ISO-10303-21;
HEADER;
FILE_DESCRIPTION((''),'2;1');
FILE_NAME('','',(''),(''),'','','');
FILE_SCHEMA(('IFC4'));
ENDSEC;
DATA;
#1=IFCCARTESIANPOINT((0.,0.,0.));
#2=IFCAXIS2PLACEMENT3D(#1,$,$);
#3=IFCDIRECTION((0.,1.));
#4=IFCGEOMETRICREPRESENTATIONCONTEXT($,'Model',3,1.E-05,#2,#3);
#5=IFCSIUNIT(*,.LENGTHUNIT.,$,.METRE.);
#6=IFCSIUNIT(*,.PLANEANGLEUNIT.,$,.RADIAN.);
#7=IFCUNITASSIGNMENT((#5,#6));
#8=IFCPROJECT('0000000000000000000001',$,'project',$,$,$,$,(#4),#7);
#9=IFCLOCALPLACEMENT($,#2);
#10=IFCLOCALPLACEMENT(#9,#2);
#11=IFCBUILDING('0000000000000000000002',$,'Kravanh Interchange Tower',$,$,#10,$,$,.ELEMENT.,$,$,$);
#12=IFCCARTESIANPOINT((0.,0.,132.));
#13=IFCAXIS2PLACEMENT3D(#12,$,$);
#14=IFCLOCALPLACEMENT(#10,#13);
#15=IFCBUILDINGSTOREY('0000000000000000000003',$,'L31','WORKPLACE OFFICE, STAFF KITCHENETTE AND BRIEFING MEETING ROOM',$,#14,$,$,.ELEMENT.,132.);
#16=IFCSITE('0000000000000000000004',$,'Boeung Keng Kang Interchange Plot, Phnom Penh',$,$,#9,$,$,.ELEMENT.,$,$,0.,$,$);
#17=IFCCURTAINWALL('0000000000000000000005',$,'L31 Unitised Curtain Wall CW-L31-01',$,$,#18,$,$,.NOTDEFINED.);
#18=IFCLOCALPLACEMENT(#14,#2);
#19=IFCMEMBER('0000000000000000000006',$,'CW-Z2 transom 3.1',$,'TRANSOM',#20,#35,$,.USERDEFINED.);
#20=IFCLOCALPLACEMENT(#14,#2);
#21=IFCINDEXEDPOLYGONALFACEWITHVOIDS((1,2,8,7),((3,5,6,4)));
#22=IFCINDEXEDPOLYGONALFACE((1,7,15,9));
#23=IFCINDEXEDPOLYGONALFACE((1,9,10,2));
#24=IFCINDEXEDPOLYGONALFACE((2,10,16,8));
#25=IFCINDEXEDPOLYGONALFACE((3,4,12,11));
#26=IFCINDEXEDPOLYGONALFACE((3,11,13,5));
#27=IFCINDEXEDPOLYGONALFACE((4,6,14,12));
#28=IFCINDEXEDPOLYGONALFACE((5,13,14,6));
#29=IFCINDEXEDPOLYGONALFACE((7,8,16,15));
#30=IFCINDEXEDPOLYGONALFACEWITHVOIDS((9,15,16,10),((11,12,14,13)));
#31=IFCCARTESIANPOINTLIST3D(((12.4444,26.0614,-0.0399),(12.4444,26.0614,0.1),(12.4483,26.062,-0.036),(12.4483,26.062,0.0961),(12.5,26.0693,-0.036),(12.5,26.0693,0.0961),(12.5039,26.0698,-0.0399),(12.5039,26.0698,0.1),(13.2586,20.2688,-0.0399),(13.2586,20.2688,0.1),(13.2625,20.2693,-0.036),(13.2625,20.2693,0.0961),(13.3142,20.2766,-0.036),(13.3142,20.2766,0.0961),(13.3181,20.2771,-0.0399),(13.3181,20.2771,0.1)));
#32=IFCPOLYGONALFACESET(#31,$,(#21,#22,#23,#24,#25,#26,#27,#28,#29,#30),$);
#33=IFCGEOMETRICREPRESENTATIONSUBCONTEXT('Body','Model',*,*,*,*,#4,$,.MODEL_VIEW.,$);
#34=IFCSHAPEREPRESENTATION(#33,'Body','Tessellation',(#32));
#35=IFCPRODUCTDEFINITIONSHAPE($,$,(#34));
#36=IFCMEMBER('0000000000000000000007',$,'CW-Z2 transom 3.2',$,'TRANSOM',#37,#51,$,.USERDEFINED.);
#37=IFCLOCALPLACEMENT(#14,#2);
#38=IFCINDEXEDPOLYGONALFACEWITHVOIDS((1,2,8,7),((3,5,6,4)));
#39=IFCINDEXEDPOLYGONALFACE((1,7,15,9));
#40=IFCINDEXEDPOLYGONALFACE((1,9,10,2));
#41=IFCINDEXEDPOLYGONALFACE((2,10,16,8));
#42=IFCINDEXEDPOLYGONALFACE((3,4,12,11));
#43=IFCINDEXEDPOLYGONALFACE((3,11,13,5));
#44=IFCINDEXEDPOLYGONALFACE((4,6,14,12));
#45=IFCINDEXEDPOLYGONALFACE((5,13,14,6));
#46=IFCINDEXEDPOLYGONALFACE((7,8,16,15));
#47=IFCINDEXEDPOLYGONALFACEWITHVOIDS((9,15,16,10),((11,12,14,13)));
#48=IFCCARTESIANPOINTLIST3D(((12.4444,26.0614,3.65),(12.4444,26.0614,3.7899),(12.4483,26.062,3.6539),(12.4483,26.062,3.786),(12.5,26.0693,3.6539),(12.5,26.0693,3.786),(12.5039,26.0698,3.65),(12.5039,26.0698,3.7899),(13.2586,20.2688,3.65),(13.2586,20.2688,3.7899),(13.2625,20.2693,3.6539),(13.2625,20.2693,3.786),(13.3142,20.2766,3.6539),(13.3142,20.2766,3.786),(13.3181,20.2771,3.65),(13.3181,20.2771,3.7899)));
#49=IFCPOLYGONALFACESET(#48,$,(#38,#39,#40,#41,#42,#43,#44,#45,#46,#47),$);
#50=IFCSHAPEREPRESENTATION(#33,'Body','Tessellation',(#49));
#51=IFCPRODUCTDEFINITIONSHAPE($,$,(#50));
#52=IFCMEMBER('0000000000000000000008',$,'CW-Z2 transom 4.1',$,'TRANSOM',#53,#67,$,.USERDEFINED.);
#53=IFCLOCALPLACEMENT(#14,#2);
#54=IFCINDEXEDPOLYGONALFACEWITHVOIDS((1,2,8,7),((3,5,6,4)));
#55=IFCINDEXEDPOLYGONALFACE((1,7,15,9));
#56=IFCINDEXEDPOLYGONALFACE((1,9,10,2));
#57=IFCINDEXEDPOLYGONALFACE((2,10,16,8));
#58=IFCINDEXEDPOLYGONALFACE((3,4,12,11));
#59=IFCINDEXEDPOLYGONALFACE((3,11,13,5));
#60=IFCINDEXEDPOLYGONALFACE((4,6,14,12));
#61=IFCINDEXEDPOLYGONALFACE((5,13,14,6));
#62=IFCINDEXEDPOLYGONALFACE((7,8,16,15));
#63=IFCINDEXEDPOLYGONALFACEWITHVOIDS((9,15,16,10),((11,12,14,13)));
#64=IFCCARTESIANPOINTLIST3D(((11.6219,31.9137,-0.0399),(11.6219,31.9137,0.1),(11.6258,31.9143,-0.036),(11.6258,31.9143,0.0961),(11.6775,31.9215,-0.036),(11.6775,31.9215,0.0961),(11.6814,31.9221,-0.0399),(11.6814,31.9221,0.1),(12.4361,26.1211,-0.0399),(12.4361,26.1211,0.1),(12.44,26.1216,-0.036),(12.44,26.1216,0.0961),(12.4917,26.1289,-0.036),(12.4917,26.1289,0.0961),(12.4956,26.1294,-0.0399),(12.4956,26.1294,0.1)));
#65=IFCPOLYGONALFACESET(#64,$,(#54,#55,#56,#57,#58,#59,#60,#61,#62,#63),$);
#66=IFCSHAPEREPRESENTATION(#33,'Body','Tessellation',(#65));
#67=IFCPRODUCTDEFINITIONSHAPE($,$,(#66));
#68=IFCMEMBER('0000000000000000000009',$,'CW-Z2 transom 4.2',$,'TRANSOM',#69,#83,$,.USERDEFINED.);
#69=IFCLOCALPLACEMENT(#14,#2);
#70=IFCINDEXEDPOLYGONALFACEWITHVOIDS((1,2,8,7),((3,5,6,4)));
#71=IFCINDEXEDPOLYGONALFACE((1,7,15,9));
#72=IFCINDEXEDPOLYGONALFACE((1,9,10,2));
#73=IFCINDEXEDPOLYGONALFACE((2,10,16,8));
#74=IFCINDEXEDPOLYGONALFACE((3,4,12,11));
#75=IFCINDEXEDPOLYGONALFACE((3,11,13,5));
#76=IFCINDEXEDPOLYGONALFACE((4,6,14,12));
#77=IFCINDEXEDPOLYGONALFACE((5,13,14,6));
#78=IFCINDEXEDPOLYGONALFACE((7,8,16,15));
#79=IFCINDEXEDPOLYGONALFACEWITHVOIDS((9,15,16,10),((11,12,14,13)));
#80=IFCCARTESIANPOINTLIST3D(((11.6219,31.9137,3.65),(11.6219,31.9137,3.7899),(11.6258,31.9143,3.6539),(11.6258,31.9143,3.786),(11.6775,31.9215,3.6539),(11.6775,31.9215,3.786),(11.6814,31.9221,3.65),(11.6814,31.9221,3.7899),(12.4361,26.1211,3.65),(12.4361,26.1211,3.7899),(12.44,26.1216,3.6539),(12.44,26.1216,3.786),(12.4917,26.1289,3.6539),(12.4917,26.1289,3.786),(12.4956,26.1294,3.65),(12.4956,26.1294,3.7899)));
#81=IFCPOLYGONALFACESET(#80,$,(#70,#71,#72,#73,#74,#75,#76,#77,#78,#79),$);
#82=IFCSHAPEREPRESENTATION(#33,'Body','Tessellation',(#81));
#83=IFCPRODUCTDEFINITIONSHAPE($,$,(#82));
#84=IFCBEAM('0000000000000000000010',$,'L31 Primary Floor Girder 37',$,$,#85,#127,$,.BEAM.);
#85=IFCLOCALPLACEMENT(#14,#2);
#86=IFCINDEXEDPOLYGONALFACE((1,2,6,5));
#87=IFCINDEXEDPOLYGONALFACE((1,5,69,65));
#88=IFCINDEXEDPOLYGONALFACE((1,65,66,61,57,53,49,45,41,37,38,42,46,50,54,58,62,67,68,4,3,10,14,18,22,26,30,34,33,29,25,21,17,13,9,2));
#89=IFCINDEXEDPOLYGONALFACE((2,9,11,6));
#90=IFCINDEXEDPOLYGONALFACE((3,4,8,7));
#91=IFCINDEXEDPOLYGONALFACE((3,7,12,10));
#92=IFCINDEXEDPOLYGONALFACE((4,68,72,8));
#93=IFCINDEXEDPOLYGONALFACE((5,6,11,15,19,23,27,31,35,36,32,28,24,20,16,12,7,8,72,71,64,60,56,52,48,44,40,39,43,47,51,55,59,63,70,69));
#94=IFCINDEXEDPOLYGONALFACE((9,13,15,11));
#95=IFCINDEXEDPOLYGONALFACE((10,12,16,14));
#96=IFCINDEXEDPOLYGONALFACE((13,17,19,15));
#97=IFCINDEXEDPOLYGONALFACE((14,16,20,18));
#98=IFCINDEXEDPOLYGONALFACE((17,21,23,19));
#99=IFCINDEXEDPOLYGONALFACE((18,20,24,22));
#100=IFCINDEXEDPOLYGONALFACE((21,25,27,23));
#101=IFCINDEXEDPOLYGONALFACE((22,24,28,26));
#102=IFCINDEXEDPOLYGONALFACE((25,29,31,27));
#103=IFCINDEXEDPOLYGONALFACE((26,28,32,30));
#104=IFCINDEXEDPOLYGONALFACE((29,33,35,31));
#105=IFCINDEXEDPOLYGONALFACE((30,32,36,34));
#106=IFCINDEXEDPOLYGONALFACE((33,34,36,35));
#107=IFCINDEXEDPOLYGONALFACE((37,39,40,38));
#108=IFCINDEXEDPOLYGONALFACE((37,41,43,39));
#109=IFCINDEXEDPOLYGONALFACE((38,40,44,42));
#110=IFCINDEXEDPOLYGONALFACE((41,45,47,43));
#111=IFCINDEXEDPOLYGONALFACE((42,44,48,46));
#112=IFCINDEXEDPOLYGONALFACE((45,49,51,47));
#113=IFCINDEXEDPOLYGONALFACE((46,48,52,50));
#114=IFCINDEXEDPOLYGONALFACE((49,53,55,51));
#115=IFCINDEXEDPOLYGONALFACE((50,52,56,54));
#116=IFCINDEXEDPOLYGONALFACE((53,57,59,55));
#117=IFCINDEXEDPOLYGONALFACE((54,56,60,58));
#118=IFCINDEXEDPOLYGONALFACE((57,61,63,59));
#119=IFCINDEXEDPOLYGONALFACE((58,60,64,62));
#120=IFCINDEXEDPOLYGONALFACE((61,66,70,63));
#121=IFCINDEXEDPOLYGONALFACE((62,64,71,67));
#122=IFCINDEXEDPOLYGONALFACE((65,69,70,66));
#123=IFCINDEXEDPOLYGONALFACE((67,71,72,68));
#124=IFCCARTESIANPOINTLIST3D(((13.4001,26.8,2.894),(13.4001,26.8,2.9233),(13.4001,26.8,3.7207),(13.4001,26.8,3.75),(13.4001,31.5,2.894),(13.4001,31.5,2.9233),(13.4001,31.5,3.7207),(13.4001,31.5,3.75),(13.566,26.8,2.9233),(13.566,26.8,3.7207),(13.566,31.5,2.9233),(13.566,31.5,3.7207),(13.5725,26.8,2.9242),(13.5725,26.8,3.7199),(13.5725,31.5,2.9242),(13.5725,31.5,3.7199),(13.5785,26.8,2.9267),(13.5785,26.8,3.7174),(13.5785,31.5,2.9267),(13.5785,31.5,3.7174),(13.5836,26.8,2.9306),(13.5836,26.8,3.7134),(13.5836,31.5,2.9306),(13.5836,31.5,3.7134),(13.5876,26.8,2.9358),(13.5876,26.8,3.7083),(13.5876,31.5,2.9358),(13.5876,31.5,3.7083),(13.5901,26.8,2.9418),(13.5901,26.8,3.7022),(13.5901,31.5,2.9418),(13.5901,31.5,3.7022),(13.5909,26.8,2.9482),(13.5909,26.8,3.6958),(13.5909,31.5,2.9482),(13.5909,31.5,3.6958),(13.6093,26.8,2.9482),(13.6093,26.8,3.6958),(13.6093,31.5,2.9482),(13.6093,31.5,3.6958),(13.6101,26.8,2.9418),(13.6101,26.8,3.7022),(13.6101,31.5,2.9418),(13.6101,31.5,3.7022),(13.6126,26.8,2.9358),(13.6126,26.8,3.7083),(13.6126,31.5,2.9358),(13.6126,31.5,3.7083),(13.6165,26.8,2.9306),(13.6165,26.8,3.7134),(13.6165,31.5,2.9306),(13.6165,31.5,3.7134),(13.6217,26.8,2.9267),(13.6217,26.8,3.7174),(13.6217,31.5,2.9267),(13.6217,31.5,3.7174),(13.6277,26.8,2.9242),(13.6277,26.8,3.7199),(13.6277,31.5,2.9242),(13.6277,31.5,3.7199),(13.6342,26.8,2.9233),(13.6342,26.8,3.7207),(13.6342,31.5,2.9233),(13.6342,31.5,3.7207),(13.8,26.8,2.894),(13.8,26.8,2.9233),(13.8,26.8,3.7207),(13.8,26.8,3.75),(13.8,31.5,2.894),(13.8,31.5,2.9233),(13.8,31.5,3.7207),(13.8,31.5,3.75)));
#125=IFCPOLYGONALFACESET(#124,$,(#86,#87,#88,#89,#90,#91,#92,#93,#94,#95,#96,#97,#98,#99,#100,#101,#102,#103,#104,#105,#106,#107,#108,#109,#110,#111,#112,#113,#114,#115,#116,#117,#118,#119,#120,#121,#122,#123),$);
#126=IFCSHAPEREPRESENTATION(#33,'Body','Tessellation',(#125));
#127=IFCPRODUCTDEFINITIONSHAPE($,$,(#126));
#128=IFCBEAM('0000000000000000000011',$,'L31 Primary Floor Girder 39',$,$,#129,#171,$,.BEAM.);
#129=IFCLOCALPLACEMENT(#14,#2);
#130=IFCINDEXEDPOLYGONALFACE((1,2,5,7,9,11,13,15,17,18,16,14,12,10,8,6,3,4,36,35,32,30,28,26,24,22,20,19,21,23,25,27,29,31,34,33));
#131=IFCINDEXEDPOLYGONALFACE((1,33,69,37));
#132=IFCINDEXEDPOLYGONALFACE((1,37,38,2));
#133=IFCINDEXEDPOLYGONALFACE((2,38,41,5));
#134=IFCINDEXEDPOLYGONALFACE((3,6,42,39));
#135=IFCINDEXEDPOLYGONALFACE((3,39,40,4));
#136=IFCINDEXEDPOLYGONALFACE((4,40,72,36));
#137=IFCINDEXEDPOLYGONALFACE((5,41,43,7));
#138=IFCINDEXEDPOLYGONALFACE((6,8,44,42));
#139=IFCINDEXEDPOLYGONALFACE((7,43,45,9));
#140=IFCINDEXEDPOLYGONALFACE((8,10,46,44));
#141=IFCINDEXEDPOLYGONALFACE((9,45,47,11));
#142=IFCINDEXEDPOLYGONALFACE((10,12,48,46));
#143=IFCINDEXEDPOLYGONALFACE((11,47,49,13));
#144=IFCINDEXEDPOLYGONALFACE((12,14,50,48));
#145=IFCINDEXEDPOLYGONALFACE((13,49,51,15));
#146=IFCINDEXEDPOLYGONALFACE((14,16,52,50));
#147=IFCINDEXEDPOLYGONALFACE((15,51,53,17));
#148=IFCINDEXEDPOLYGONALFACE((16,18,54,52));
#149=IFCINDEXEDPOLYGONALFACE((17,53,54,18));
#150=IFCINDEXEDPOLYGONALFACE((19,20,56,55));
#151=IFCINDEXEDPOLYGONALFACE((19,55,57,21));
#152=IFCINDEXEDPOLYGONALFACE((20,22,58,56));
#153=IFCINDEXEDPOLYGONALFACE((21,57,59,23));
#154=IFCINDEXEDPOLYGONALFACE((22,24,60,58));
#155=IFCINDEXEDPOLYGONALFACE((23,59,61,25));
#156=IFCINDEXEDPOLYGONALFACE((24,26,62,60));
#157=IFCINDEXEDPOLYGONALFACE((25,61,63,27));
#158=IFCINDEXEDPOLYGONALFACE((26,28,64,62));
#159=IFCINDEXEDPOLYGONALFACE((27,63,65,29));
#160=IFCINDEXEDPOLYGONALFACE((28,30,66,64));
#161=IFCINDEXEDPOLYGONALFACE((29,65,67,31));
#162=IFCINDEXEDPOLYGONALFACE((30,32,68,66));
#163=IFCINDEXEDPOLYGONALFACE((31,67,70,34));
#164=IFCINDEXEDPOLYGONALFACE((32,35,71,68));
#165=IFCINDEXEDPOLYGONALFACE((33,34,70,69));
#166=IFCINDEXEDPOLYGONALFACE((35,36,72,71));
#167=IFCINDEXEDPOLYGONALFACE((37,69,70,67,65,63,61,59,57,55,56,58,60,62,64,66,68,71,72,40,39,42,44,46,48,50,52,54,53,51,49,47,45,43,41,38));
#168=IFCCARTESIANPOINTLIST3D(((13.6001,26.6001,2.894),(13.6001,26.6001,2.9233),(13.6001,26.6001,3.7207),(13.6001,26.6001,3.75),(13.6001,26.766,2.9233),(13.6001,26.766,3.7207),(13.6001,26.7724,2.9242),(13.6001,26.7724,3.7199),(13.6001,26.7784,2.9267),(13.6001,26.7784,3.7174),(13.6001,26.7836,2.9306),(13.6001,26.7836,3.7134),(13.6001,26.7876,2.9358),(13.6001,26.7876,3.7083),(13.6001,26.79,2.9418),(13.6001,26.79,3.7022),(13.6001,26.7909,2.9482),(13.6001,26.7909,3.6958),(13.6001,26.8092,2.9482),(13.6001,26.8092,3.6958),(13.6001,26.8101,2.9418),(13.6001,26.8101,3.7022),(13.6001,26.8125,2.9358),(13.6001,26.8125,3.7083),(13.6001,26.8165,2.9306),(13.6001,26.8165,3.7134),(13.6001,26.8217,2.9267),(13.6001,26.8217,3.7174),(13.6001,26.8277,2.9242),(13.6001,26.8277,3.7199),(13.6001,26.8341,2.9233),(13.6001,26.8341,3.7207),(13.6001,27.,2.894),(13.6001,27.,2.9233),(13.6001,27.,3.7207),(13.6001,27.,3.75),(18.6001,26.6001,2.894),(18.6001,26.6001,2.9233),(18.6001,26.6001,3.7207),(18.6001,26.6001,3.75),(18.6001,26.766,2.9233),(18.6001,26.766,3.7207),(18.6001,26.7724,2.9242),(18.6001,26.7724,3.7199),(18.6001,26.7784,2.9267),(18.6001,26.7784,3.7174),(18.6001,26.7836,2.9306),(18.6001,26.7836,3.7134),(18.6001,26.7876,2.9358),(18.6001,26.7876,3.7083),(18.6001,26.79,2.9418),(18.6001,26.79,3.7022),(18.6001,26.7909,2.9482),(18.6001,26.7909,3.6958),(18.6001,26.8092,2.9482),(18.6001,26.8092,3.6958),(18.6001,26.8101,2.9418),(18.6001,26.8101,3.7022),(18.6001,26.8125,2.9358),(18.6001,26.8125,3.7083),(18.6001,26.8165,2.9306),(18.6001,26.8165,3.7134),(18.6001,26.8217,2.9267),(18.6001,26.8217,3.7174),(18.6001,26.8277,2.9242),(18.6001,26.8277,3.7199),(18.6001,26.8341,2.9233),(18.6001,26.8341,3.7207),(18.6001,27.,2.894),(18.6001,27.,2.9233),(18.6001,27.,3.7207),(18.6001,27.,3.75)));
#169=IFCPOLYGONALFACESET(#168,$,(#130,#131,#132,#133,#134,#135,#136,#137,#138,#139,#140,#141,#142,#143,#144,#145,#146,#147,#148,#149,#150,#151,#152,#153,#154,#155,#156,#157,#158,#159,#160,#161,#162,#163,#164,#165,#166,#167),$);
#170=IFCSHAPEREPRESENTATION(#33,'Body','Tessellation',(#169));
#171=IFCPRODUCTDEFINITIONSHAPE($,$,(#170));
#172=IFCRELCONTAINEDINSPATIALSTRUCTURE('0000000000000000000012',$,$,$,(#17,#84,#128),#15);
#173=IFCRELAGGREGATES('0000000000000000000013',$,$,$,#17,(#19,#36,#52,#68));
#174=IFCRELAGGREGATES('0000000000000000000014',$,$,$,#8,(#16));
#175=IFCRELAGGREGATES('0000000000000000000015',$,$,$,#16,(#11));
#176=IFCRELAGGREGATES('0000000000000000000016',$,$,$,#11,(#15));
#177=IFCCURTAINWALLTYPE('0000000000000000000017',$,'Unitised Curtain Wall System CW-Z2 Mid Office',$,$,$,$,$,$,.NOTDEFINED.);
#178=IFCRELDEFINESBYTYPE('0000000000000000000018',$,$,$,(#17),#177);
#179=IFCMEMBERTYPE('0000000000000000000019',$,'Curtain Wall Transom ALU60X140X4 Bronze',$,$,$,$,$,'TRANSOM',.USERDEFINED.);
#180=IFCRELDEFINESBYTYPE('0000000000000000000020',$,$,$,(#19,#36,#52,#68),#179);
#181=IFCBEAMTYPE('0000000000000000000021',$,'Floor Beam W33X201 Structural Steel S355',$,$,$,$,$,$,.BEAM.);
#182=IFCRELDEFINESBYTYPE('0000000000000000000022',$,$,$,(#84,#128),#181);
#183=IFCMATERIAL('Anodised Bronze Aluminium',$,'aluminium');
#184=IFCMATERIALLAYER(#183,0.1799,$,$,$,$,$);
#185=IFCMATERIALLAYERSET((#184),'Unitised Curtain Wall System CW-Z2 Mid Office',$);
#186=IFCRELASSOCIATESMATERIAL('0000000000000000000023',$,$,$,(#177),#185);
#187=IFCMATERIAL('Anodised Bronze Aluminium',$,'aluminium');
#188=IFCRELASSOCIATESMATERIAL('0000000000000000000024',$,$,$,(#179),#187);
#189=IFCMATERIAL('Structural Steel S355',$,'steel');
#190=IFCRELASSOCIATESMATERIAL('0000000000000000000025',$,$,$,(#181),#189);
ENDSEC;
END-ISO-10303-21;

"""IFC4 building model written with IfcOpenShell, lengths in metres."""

from ifc_helpers import new_model, si_unit, direction, frame, origin, origin_2d, place, context, subcontext, project, spatial, hollow_rectangle, i_section, extrude, material, layer, layer_set, material_profile, profile_set, type_object, element, aggregate, save


model = new_model("IFC4")

# Units and contexts
model_context = context("Model", 3, precision=1e-05, world=origin(), true_north=direction((0.0, 1.0)))
body_context = subcontext(model_context, "Body", "Model", "MODEL_VIEW")
ifc_project = project(units=[si_unit("LENGTHUNIT", "METRE"), si_unit("PLANEANGLEUNIT", "RADIAN")], contexts=[model_context])

# Site, building, storey
site_placement = place(None, origin())
site = spatial("IfcSite", under=ifc_project, at=site_placement, Name="Boeung Keng Kang Interchange Plot, Phnom Penh", CompositionType="ELEMENT", RefElevation=0.0)
building_placement = place(site_placement, origin())
building = spatial("IfcBuilding", under=site, at=building_placement, Name="Kravanh Interchange Tower", CompositionType="ELEMENT")
storey_placement = place(building_placement, frame((0.0, 0.0, 132.0)))
storey = spatial("IfcBuildingStorey", under=building, at=storey_placement, Name="L31", Description="WORKPLACE OFFICE, STAFF KITCHENETTE AND BRIEFING MEETING ROOM", CompositionType="ELEMENT", Elevation=132.0)

# Curtain wall, members
ifc_material_1 = material(Name="Anodised Bronze Aluminium", Category="aluminium")
ifc_layer_1 = layer(ifc_material_1, 0.1799)
ifc_layer_set_1 = layer_set([ifc_layer_1], Name="Unitised Curtain Wall System CW-Z2 Mid Office")
curtain_wall_type = type_object("IfcCurtainWallType", Name="Unitised Curtain Wall System CW-Z2 Mid Office", PredefinedType="NOTDEFINED", material=ifc_layer_set_1)
curtain_wall_placement = place(storey_placement, origin())
curtain_wall = element("IfcCurtainWall", 1, at=curtain_wall_placement, inside=storey, type_object=curtain_wall_type, Name="L31 Unitised Curtain Wall CW-L31-01", PredefinedType="NOTDEFINED")
ifc_material_2 = material(Name="Anodised Bronze Aluminium", Category="aluminium")
ifc_material_profile_1 = material_profile(ifc_material_2, hollow_rectangle(XDim=0.0601, YDim=0.1399, WallThickness=0.0039, at=origin_2d()), Name="ALU60X140X4")
ifc_profile_set_1 = profile_set([ifc_material_profile_1], Name="Anodised Bronze Aluminium")
member_type_1 = type_object("IfcMemberType", Name="Curtain Wall Transom ALU60X140X4 Bronze", ElementType="TRANSOM", PredefinedType="USERDEFINED", material=ifc_profile_set_1)
member_1_placement = place(storey_placement, frame((13.2883, 20.2729, 0.03), z_axis=(-0.139189, 0.990266, 0.0), x_axis=(-0.990266, -0.139189, 0.0)))
member_1 = element("IfcMember", 2, at=member_1_placement, type_object=member_type_1, Name="CW-Z2 transom 3.1", ObjectType="TRANSOM", PredefinedType="USERDEFINED", context=body_context, shape_type="SweptSolid", body=[
    extrude(hollow_rectangle(XDim=0.0601, YDim=0.1399, WallThickness=0.0039, at=origin_2d()), origin(), (0.0, 0.0, 1.0), 5.8496),
])
member_2_placement = place(storey_placement, frame((13.2883, 20.2729, 3.72), z_axis=(-0.139189, 0.990266, 0.0), x_axis=(-0.990266, -0.139189, 0.0)))
member_2 = element("IfcMember", 3, at=member_2_placement, type_object=member_type_1, Name="CW-Z2 transom 3.2", ObjectType="TRANSOM", PredefinedType="USERDEFINED", context=body_context, shape_type="SweptSolid", body=[
    extrude(hollow_rectangle(XDim=0.0601, YDim=0.1399, WallThickness=0.0039, at=origin_2d()), origin(), (0.0, 0.0, 1.0), 5.8496),
])
member_3_placement = place(storey_placement, frame((12.4658, 26.1252, 0.03), z_axis=(-0.139189, 0.990266, 0.0), x_axis=(-0.990266, -0.139189, 0.0)))
member_3 = element("IfcMember", 4, at=member_3_placement, type_object=member_type_1, Name="CW-Z2 transom 4.1", ObjectType="TRANSOM", PredefinedType="USERDEFINED", context=body_context, shape_type="SweptSolid", body=[
    extrude(hollow_rectangle(XDim=0.0601, YDim=0.1399, WallThickness=0.0039, at=origin_2d()), origin(), (0.0, 0.0, 1.0), 5.8496),
])
member_4_placement = place(storey_placement, frame((12.4658, 26.1252, 3.72), z_axis=(-0.139189, 0.990266, 0.0), x_axis=(-0.990266, -0.139189, 0.0)))
member_4 = element("IfcMember", 5, at=member_4_placement, type_object=member_type_1, Name="CW-Z2 transom 4.2", ObjectType="TRANSOM", PredefinedType="USERDEFINED", context=body_context, shape_type="SweptSolid", body=[
    extrude(hollow_rectangle(XDim=0.0601, YDim=0.1399, WallThickness=0.0039, at=origin_2d()), origin(), (0.0, 0.0, 1.0), 5.8496),
])

# Beams
ifc_material_3 = material(Name="Structural Steel S355", Category="steel")
ifc_material_profile_2 = material_profile(ifc_material_3, i_section(OverallWidth=0.3999, OverallDepth=0.856, WebThickness=0.0183, FlangeThickness=0.0293, FilletRadius=0.0249, at=origin_2d()), Name="W33X201")
ifc_profile_set_2 = profile_set([ifc_material_profile_2], Name="Structural Steel S355")
beam_type_1 = type_object("IfcBeamType", Name="Floor Beam W33X201 Structural Steel S355", PredefinedType="BEAM", material=ifc_profile_set_2)
beam_1_placement = place(storey_placement, frame((13.6001, 26.8, 3.322), z_axis=(0.0, 1.0, 0.0), x_axis=(-1.0, 0.0, 0.0)))
element("IfcBeam", 6, at=beam_1_placement, inside=storey, type_object=beam_type_1, Name="L31 Primary Floor Girder 37", PredefinedType="BEAM", context=body_context, shape_type="SweptSolid", body=[
    extrude(i_section(OverallWidth=0.3999, OverallDepth=0.856, WebThickness=0.0183, FlangeThickness=0.0293, FilletRadius=0.0249, at=origin_2d()), origin(), (0.0, 0.0, 1.0), 4.7),
])
beam_2_placement = place(storey_placement, frame((13.6001, 26.8, 3.322), z_axis=(1.0, 0.0, 0.0), x_axis=(0.0, 1.0, 0.0)))
element("IfcBeam", 7, at=beam_2_placement, inside=storey, type_object=beam_type_1, Name="L31 Primary Floor Girder 39", PredefinedType="BEAM", context=body_context, shape_type="SweptSolid", body=[
    extrude(i_section(OverallWidth=0.3999, OverallDepth=0.856, WebThickness=0.0183, FlangeThickness=0.0293, FilletRadius=0.0249, at=origin_2d()), origin(), (0.0, 0.0, 1.0), 5.0),
])

aggregate(curtain_wall, [member_1, member_2, member_3, member_4])

save(model, "model.ifc")
